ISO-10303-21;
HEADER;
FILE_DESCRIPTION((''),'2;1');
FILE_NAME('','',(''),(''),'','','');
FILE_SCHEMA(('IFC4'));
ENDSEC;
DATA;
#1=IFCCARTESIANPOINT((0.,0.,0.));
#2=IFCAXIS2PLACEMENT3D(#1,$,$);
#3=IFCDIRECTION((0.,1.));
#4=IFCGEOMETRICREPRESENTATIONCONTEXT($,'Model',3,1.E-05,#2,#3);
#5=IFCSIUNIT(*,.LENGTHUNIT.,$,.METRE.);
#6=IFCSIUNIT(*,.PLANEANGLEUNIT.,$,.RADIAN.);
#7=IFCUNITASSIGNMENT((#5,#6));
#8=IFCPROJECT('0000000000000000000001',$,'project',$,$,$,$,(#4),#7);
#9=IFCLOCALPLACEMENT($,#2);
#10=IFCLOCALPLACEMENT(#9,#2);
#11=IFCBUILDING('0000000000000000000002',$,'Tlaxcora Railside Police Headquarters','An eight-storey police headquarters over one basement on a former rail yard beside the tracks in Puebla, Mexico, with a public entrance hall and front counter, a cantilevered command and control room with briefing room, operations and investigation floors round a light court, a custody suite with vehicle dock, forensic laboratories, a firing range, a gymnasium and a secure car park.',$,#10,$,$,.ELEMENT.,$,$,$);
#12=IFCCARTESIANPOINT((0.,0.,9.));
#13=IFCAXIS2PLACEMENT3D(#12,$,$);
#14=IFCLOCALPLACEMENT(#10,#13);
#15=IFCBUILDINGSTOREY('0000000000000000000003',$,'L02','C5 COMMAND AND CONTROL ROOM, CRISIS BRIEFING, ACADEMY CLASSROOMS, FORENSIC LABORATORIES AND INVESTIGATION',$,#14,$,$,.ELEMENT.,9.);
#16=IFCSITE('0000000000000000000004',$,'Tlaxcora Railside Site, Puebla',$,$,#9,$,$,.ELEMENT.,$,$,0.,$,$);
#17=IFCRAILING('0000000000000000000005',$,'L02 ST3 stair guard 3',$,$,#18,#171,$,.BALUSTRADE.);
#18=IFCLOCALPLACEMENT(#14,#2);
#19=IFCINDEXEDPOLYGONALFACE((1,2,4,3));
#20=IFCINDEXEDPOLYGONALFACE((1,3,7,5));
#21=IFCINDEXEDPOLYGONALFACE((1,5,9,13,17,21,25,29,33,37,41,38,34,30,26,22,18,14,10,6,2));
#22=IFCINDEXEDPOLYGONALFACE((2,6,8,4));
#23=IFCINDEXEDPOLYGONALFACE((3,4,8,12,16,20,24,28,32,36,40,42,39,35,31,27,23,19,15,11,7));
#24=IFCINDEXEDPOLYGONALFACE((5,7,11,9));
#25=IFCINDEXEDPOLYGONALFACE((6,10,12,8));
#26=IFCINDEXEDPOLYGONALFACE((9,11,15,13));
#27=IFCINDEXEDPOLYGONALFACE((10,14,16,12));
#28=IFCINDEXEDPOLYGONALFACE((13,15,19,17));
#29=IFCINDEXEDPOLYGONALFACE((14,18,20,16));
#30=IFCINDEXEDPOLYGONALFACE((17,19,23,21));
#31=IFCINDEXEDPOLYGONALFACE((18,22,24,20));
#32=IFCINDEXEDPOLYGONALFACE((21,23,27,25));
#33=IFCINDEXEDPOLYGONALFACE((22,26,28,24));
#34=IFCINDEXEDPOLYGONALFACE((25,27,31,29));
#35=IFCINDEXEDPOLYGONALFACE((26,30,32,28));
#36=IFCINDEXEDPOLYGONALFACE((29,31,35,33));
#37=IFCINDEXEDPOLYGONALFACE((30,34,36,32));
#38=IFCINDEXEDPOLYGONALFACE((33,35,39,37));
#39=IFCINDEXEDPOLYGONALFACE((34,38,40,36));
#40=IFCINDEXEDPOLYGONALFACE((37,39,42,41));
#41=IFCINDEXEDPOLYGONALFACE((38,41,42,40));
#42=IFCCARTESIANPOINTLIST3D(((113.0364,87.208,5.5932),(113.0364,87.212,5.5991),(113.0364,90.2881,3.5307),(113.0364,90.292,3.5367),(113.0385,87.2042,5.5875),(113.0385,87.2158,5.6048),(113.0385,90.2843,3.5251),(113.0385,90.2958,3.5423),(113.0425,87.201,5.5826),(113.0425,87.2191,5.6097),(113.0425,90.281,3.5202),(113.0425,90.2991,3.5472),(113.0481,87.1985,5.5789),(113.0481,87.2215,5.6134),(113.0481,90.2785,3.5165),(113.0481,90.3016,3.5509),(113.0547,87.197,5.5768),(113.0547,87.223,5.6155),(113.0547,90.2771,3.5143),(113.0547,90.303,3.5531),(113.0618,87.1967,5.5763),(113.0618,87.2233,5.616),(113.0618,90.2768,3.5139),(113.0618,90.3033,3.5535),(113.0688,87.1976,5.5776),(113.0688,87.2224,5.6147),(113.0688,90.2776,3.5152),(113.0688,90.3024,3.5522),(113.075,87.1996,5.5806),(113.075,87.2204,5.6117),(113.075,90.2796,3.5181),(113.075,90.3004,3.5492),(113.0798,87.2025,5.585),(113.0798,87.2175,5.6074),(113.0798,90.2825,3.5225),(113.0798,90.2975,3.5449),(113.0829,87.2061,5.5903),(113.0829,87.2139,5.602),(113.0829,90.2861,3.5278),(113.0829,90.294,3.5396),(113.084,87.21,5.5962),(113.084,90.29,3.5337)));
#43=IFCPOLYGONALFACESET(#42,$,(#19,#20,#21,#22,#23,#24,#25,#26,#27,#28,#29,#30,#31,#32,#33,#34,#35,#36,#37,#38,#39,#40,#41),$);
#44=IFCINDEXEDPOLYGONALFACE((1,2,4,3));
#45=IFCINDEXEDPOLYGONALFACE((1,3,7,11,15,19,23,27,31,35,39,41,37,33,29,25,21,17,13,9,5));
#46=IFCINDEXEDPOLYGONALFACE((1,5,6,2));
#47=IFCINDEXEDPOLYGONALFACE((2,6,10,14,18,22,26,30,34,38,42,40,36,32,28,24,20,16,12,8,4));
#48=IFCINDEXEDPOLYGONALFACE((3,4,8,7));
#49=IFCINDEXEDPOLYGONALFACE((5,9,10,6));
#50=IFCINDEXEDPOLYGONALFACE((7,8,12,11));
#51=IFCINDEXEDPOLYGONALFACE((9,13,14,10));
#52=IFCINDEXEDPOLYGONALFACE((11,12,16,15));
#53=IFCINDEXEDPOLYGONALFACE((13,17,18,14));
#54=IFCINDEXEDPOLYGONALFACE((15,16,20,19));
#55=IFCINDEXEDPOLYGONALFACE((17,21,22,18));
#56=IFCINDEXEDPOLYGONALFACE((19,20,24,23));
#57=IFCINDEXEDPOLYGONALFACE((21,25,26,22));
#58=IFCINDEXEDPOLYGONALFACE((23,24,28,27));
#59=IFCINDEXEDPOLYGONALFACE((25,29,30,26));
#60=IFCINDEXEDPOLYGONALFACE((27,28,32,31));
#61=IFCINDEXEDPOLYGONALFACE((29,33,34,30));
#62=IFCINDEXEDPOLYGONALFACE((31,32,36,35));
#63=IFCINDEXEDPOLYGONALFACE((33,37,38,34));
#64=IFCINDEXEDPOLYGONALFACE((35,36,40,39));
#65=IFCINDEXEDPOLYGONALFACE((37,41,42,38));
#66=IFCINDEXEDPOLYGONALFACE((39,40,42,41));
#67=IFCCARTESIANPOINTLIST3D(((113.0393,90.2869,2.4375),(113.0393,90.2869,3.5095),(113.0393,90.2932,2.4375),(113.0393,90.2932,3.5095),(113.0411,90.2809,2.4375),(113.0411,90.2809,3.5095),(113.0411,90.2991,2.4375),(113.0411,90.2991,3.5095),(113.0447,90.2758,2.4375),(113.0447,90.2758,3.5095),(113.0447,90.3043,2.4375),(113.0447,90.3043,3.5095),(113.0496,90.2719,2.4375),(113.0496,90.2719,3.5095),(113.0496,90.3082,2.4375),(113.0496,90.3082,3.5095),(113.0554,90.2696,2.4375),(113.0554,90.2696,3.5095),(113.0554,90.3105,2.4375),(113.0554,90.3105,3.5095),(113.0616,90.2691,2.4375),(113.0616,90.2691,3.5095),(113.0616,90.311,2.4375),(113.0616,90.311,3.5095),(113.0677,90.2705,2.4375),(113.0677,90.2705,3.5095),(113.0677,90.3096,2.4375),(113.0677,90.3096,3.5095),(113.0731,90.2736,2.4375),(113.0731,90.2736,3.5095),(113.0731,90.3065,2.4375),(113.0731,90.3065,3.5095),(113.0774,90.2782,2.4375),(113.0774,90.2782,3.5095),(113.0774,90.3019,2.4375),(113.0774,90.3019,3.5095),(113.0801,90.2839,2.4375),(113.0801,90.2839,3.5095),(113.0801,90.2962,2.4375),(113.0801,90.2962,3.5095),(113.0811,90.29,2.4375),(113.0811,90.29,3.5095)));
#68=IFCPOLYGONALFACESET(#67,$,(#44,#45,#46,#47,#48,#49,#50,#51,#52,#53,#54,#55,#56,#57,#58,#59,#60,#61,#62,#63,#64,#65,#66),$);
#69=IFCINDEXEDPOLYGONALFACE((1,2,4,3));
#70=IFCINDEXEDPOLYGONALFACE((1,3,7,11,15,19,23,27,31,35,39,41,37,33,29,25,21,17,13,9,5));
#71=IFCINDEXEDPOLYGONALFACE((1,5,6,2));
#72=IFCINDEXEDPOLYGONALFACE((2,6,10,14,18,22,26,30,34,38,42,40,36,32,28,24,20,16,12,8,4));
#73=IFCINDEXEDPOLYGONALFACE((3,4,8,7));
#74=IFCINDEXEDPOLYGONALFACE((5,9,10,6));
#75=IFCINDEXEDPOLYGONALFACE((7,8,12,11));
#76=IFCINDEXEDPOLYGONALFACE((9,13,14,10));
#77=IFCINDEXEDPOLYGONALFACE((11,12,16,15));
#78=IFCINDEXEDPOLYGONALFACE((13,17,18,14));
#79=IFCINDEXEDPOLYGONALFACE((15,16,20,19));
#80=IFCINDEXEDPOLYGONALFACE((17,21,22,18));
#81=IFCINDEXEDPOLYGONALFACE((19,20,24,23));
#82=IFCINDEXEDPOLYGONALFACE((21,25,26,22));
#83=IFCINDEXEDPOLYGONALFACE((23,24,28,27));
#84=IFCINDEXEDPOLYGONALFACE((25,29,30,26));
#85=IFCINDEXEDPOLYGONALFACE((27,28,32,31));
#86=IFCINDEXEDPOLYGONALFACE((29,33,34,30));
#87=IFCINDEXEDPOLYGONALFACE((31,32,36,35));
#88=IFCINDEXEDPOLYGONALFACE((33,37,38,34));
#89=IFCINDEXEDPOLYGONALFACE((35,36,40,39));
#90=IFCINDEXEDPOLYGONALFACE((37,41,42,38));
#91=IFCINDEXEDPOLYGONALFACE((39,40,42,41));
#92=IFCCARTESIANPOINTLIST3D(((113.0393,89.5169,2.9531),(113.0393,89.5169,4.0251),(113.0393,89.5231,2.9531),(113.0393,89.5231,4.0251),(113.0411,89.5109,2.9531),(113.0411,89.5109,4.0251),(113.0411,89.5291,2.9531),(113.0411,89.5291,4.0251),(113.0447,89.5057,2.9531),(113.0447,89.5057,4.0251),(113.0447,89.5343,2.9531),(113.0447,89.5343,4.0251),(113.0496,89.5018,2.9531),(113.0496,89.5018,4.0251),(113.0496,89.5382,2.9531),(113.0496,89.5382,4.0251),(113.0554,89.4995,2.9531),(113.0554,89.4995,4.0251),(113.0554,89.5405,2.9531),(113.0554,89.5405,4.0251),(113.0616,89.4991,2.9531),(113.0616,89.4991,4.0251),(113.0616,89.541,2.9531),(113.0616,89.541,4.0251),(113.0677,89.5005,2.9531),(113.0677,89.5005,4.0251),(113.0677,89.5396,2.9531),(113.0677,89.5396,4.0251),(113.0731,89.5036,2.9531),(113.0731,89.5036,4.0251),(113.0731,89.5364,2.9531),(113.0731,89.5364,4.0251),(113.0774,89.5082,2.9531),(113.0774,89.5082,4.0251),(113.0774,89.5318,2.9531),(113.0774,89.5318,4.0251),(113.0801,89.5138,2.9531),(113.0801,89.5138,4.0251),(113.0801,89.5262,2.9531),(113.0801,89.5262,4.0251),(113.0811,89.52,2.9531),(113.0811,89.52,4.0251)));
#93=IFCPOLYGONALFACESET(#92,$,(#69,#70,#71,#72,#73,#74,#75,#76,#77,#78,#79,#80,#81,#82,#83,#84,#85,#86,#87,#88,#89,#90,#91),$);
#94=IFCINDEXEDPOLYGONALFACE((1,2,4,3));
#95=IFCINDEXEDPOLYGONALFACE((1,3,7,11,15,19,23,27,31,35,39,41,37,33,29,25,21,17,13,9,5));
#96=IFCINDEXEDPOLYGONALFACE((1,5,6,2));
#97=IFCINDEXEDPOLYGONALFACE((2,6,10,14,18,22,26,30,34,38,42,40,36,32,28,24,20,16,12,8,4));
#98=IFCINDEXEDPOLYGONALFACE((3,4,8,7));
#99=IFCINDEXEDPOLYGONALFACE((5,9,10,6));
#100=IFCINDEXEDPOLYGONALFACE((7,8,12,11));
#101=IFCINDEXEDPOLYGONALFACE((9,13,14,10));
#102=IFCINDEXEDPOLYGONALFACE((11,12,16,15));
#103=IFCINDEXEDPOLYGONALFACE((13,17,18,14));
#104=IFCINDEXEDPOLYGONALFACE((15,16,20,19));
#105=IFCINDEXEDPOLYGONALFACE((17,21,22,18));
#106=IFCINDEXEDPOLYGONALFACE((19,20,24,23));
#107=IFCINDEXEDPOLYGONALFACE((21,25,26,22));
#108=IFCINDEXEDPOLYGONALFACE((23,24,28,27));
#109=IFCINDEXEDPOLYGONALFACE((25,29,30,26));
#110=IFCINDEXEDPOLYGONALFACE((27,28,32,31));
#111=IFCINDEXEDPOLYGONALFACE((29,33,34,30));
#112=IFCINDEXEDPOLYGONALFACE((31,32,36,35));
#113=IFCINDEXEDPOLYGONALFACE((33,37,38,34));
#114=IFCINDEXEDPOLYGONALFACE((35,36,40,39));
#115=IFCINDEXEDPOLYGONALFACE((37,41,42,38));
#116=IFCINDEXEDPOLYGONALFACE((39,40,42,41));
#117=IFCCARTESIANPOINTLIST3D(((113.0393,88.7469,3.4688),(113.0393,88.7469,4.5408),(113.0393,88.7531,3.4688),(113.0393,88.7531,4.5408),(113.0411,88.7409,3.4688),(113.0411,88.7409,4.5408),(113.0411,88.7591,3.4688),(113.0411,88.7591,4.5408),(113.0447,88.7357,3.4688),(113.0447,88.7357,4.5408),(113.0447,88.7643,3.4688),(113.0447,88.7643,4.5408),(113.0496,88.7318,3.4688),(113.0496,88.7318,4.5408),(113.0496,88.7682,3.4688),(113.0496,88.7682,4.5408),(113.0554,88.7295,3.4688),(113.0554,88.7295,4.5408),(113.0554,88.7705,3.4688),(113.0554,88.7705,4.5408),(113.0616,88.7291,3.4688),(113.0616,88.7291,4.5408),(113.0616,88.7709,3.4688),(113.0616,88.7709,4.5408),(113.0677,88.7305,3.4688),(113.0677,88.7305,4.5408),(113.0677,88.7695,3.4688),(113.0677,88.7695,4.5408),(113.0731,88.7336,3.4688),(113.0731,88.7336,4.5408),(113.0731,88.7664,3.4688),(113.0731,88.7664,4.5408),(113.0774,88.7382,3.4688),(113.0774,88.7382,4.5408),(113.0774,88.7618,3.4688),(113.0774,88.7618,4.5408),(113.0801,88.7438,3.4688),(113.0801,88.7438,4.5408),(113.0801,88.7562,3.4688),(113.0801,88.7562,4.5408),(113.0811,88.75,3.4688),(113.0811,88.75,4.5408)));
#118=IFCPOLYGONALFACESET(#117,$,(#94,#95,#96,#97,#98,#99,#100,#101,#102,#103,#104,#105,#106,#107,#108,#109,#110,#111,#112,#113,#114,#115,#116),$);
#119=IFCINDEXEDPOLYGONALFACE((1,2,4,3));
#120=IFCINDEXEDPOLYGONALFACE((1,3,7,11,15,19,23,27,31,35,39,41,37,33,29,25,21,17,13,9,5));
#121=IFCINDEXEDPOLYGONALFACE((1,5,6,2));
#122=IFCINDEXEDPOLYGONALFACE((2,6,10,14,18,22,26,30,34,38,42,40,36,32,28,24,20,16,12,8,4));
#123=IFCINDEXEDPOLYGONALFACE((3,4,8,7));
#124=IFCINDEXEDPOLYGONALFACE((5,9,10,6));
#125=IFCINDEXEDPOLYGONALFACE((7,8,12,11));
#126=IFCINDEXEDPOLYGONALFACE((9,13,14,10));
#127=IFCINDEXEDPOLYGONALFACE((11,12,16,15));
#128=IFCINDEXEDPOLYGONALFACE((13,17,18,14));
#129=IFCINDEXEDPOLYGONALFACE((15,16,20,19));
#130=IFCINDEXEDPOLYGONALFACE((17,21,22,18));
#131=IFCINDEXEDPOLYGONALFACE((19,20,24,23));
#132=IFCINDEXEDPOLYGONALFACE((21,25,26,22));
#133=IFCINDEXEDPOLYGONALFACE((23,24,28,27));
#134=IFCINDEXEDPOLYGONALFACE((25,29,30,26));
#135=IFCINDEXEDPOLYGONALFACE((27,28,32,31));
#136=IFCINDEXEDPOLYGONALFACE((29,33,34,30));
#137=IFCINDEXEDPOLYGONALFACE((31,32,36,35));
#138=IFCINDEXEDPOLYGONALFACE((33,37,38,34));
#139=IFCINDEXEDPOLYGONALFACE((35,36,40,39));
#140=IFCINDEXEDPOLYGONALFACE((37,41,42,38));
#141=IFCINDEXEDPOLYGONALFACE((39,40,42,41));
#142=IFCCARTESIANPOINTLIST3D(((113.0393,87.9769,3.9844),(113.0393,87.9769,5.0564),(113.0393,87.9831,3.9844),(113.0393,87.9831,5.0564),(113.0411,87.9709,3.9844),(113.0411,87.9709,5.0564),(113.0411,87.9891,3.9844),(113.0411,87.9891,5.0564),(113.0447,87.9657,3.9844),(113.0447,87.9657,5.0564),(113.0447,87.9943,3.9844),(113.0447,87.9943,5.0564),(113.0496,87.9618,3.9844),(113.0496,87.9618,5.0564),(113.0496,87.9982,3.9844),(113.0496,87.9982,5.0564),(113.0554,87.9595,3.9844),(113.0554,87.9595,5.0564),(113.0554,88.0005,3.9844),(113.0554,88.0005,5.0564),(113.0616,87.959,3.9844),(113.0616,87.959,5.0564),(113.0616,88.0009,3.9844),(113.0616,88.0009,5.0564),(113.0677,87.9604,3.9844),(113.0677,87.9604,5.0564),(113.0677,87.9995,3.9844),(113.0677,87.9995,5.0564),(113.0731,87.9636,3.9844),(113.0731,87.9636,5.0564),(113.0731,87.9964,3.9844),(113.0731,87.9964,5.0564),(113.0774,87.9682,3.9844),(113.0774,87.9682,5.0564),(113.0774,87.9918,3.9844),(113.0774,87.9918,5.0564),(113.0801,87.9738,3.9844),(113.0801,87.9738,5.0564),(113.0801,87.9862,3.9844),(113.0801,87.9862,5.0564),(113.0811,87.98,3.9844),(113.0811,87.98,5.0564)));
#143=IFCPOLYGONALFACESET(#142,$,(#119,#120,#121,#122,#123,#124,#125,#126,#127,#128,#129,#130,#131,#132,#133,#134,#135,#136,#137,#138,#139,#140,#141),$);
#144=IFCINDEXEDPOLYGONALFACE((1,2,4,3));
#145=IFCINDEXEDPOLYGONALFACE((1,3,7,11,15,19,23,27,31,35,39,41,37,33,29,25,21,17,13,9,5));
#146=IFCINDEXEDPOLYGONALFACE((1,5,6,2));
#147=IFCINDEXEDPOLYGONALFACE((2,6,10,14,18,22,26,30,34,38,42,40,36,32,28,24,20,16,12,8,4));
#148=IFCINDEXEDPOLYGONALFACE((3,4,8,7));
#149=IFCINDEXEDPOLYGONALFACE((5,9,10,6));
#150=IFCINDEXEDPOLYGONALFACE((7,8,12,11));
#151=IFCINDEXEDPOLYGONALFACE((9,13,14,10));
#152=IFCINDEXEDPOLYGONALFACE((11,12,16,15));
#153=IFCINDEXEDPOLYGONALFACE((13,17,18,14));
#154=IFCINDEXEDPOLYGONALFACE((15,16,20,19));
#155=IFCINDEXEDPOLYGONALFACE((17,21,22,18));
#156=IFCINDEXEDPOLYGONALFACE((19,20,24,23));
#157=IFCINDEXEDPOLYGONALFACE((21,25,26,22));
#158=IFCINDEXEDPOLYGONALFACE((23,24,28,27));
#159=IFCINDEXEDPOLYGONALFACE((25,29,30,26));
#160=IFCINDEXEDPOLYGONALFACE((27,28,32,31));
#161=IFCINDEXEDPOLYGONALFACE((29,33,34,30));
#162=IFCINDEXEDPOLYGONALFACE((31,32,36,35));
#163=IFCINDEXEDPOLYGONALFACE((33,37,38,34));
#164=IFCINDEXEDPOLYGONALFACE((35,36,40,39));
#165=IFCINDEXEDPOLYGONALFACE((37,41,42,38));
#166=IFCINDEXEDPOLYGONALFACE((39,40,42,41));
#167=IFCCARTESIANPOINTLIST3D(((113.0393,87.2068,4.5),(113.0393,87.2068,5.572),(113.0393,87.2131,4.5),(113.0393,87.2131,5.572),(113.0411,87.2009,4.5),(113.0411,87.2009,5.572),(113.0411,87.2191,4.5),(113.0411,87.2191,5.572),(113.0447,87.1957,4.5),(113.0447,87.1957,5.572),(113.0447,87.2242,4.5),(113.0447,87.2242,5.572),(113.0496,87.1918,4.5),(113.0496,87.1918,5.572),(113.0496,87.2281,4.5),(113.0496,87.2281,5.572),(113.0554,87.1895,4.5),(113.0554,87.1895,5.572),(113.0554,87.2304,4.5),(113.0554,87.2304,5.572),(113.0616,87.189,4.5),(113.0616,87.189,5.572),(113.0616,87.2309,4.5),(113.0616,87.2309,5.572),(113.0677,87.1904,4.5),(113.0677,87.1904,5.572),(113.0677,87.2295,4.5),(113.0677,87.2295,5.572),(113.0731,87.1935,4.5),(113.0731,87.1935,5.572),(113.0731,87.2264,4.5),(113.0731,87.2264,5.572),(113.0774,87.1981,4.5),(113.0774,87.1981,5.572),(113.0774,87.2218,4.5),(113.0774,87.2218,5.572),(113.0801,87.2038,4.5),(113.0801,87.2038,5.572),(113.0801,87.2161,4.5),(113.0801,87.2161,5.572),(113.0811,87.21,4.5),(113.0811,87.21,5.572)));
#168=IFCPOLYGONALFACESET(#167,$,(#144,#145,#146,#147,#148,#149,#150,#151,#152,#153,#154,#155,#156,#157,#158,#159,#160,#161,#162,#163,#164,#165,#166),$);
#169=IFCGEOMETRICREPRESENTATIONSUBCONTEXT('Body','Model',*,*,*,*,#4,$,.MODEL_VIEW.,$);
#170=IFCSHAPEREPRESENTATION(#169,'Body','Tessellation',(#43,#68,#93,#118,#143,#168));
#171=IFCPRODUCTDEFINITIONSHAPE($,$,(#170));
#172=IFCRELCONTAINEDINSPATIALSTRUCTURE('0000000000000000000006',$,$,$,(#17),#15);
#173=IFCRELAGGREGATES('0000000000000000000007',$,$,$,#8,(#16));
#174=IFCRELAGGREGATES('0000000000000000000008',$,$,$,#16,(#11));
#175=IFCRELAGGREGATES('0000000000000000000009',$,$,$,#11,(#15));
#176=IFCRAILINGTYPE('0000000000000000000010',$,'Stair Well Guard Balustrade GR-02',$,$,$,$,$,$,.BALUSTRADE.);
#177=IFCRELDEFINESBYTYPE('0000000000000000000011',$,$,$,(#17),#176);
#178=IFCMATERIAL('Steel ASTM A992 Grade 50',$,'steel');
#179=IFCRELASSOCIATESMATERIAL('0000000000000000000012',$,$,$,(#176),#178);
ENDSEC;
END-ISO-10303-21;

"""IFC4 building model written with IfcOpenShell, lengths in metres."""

from ifc_helpers import new_model, si_unit, direction, frame, origin, origin_2d, place, context, subcontext, project, spatial, circle, extrude, material, type_object, element, save


model = new_model("IFC4")

# Units and contexts
model_context = context("Model", 3, precision=1e-05, world=origin(), true_north=direction((0.0, 1.0)))
body_context = subcontext(model_context, "Body", "Model", "MODEL_VIEW")
ifc_project = project(units=[si_unit("LENGTHUNIT", "METRE"), si_unit("PLANEANGLEUNIT", "RADIAN")], contexts=[model_context])

# Site, building, storey
site_placement = place(None, origin())
site = spatial("IfcSite", under=ifc_project, at=site_placement, Name="Tlaxcora Railside Site, Puebla", CompositionType="ELEMENT", RefElevation=0.0)
building_placement = place(site_placement, origin())
building = spatial("IfcBuilding", under=site, at=building_placement, Name="Tlaxcora Railside Police Headquarters", Description="An eight-storey police headquarters over one basement on a former rail yard beside the tracks in Puebla, Mexico, with a public entrance hall and front counter, a cantilevered command and control room with briefing room, operations and investigation floors round a light court, a custody suite with vehicle dock, forensic laboratories, a firing range, a gymnasium and a secure car park.", CompositionType="ELEMENT")
storey_placement = place(building_placement, frame((0.0, 0.0, 9.0)))
storey = spatial("IfcBuildingStorey", under=building, at=storey_placement, Name="L02", Description="C5 COMMAND AND CONTROL ROOM, CRISIS BRIEFING, ACADEMY CLASSROOMS, FORENSIC LABORATORIES AND INVESTIGATION", CompositionType="ELEMENT", Elevation=9.0)

# Railing
ifc_material_1 = material(Name="Steel ASTM A992 Grade 50", Category="steel")
railing_type = type_object("IfcRailingType", Name="Stair Well Guard Balustrade GR-02", PredefinedType="BALUSTRADE", material=ifc_material_1)
railing_1_placement = place(storey_placement, frame((113.0601, 90.29, 2.4375)))
element("IfcRailing", 1, at=railing_1_placement, inside=storey, type_object=railing_type, Name="L02 ST3 stair guard 3", PredefinedType="BALUSTRADE", context=body_context, shape_type="SweptSolid", body=[
    extrude(circle(Radius=0.0239, at=origin_2d()), frame((0.0, 0.0, 1.0962), z_axis=(0.0, -0.830914, 0.556401), x_axis=(1.0, 0.0, 0.0)), (0.0, 0.0, 1.0), 3.7068),
    extrude(circle(Radius=0.021, at=origin_2d()), origin(), (0.0, 0.0, 1.0), 1.072),
    extrude(circle(Radius=0.021, at=origin_2d()), frame((0.0, -0.77, 0.5156)), (0.0, 0.0, 1.0), 1.072),
    extrude(circle(Radius=0.021, at=origin_2d()), frame((0.0, -1.54, 1.0312)), (0.0, 0.0, 1.0), 1.072),
    extrude(circle(Radius=0.021, at=origin_2d()), frame((0.0, -2.3101, 1.5469)), (0.0, 0.0, 1.0), 1.072),
    extrude(circle(Radius=0.021, at=origin_2d()), frame((0.0, -3.0801, 2.0625)), (0.0, 0.0, 1.0), 1.072),
])

save(model, "model.ifc")
